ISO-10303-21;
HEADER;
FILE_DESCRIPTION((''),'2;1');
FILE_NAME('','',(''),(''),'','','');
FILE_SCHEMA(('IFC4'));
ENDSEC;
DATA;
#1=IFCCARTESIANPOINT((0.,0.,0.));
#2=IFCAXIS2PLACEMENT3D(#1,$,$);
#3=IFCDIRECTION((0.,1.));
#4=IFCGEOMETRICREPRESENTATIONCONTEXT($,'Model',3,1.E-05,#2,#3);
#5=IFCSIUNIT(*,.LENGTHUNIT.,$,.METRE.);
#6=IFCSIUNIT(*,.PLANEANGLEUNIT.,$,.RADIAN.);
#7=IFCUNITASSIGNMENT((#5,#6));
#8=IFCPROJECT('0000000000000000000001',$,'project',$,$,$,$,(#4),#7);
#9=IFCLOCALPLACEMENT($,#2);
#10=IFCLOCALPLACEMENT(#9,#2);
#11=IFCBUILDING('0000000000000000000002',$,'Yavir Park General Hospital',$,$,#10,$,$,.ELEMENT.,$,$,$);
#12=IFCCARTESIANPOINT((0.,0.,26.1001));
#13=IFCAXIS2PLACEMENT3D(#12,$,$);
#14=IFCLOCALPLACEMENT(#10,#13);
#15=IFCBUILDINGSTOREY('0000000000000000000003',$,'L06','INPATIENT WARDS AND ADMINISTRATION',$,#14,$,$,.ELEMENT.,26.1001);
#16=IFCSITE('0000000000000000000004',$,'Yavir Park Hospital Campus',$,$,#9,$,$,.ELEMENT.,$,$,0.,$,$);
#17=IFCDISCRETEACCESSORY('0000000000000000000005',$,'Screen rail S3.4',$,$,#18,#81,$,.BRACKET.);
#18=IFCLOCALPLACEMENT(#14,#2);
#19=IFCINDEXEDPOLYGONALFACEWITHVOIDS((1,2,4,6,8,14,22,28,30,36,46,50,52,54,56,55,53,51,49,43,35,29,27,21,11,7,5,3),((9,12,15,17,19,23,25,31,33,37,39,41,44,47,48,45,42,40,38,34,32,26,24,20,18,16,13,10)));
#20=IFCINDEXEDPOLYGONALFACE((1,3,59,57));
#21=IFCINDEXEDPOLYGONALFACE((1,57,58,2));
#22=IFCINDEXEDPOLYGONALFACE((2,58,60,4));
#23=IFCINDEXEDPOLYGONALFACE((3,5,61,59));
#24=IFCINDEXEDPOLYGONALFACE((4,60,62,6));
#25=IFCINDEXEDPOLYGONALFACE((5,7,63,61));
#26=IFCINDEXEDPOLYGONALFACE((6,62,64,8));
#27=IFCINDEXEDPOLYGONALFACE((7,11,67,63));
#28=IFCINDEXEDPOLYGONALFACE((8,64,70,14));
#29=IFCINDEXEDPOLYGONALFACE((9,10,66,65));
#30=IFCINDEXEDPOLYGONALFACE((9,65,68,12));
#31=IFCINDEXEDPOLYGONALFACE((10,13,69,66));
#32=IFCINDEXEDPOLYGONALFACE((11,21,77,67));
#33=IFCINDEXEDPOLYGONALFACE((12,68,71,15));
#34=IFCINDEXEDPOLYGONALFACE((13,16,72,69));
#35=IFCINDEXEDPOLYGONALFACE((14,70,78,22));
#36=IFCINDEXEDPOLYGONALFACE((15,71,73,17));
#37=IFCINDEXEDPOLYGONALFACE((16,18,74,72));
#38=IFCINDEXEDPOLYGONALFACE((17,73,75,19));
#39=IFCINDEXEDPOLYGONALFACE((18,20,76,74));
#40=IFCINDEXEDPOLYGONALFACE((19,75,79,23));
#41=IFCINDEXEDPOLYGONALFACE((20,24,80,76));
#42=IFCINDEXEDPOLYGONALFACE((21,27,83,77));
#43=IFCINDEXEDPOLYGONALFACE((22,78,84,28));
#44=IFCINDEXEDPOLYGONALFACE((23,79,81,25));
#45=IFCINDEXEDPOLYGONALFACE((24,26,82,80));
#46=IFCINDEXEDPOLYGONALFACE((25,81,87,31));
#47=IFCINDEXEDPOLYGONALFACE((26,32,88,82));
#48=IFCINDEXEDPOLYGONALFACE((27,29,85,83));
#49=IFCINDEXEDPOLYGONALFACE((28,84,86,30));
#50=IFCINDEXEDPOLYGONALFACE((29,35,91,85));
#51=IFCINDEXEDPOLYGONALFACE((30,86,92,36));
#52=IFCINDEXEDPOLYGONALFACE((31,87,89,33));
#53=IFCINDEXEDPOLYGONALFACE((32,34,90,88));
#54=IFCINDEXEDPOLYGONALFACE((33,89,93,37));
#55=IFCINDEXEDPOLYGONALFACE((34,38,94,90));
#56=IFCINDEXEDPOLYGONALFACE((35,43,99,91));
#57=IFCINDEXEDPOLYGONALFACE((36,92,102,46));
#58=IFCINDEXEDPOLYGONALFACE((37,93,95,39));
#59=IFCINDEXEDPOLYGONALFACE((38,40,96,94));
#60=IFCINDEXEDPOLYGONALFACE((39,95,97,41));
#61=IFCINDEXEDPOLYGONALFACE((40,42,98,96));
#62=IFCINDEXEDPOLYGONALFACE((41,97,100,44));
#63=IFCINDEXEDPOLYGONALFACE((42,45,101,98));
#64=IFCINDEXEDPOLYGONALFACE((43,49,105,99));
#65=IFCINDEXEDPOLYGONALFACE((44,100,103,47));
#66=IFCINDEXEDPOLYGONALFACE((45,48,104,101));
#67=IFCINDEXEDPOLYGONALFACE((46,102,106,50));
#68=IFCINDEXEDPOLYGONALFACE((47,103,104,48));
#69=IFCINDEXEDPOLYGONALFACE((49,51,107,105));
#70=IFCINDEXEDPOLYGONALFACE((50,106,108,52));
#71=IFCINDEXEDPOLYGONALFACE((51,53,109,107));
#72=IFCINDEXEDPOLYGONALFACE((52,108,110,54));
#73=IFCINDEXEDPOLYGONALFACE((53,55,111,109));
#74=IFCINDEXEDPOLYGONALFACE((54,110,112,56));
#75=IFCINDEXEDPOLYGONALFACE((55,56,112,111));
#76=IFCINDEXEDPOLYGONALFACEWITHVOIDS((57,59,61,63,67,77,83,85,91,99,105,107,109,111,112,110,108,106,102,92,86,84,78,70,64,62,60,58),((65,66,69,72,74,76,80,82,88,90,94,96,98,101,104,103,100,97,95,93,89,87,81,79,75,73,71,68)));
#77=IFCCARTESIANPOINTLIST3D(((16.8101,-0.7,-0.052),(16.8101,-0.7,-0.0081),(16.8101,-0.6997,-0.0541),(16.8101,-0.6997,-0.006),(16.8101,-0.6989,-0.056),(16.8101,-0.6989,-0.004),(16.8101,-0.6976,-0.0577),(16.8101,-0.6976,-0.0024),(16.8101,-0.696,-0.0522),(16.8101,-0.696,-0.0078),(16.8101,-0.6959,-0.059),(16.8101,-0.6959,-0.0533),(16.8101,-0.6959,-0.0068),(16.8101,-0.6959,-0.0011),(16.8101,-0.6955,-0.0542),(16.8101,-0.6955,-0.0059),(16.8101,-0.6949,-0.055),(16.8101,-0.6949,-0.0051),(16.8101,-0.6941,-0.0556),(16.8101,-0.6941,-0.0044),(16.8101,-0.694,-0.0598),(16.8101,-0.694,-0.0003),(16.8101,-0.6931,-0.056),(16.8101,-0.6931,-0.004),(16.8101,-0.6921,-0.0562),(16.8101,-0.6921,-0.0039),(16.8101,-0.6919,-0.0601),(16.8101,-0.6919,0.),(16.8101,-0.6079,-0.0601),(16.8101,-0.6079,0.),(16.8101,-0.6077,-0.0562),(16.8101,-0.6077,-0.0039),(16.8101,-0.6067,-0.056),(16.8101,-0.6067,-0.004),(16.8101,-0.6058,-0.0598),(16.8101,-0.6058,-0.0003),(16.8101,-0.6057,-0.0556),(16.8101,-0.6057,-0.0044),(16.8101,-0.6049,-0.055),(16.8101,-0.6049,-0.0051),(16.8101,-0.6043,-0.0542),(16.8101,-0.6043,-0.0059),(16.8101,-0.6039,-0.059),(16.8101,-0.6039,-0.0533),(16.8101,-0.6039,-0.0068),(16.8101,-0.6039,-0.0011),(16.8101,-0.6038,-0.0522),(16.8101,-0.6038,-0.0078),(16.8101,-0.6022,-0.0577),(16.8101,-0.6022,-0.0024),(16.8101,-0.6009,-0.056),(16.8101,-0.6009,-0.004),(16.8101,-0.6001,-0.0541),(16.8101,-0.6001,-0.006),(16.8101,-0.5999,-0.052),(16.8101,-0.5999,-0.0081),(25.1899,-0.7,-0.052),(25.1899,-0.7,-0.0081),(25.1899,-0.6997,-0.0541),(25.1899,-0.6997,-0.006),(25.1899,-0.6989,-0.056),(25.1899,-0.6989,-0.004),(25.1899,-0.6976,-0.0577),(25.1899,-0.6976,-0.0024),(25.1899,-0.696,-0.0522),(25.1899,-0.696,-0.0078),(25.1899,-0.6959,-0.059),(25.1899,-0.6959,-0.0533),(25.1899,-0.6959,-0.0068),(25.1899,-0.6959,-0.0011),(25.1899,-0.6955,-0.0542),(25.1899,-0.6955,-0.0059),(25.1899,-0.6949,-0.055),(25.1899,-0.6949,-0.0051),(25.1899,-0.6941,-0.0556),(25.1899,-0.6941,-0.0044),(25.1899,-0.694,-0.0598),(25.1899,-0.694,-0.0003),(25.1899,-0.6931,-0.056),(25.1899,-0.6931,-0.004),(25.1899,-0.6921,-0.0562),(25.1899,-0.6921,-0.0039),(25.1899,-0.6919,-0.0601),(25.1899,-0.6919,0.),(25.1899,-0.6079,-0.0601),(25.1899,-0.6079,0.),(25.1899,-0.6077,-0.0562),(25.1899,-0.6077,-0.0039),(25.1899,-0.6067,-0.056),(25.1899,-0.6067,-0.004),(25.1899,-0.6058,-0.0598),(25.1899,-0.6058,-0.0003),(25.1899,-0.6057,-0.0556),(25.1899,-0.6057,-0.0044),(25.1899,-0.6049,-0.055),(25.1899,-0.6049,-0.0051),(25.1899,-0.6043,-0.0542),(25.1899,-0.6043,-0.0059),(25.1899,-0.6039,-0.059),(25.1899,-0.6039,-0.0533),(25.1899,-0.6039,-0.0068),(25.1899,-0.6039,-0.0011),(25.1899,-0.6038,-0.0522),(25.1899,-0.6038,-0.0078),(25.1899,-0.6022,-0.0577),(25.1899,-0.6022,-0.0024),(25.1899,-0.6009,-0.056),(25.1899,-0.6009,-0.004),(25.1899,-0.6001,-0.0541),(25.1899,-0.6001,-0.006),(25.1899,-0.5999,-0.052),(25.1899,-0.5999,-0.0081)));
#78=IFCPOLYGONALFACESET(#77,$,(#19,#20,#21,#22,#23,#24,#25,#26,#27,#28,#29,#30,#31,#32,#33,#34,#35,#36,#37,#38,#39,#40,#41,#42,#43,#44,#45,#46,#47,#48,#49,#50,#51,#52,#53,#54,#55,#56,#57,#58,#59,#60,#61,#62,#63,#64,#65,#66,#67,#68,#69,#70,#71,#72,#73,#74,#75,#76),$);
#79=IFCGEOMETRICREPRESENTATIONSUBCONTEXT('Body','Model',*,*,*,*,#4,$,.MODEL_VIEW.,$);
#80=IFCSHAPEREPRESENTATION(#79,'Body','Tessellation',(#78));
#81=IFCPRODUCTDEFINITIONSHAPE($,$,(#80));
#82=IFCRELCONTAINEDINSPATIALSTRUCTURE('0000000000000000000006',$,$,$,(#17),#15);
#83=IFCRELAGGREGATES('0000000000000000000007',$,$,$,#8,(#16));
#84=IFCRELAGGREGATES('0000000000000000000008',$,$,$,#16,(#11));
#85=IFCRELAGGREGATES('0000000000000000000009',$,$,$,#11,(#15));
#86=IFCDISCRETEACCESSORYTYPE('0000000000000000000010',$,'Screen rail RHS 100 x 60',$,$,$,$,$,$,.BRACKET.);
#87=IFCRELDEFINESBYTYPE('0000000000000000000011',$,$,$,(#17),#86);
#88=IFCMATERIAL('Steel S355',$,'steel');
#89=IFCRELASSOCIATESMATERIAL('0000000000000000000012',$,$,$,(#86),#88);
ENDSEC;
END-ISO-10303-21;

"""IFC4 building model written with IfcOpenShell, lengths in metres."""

from ifc_helpers import new_model, si_unit, direction, frame, origin, origin_2d, place, context, subcontext, project, spatial, hollow_rectangle, extrude, material, material_profile, profile_set, type_object, element, save


model = new_model("IFC4")

# Units and contexts
model_context = context("Model", 3, precision=1e-05, world=origin(), true_north=direction((0.0, 1.0)))
body_context = subcontext(model_context, "Body", "Model", "MODEL_VIEW")
ifc_project = project(units=[si_unit("LENGTHUNIT", "METRE"), si_unit("PLANEANGLEUNIT", "RADIAN")], contexts=[model_context])

# Site, building, storey
site_placement = place(None, origin())
site = spatial("IfcSite", under=ifc_project, at=site_placement, Name="Yavir Park Hospital Campus", CompositionType="ELEMENT", RefElevation=0.0)
building_placement = place(site_placement, origin())
building = spatial("IfcBuilding", under=site, at=building_placement, Name="Yavir Park General Hospital", CompositionType="ELEMENT")
storey_placement = place(building_placement, frame((0.0, 0.0, 26.1001)))
storey = spatial("IfcBuildingStorey", under=building, at=storey_placement, Name="L06", Description="INPATIENT WARDS AND ADMINISTRATION", CompositionType="ELEMENT", Elevation=26.1001)

# Discrete accessory
ifc_material_1 = material(Name="Steel S355", Category="steel")
ifc_material_profile_1 = material_profile(ifc_material_1, hollow_rectangle(XDim=0.1001, YDim=0.0601, WallThickness=0.0039, InnerFilletRadius=0.0039, OuterFilletRadius=0.0081, at=origin_2d()), Name="RHS60x100x4")
ifc_profile_set_1 = profile_set([ifc_material_profile_1], Name="Steel S355")
discrete_accessory_type_1 = type_object("IfcDiscreteAccessoryType", Name="Screen rail RHS 100 x 60", PredefinedType="BRACKET", material=ifc_profile_set_1)
discrete_accessory_placement = place(storey_placement, frame((16.8101, -0.6499, -0.03), z_axis=(1.0, 0.0, 0.0), x_axis=(0.0, 1.0, 0.0)))
element("IfcDiscreteAccessory", 1, at=discrete_accessory_placement, inside=storey, type_object=discrete_accessory_type_1, Name="Screen rail S3.4", PredefinedType="BRACKET", context=body_context, shape_type="SweptSolid", body=[
    extrude(hollow_rectangle(XDim=0.1001, YDim=0.0601, WallThickness=0.0039, InnerFilletRadius=0.0039, OuterFilletRadius=0.0081, at=origin_2d()), origin(), (0.0, 0.0, 1.0), 8.3799),
])

save(model, "model.ifc")
